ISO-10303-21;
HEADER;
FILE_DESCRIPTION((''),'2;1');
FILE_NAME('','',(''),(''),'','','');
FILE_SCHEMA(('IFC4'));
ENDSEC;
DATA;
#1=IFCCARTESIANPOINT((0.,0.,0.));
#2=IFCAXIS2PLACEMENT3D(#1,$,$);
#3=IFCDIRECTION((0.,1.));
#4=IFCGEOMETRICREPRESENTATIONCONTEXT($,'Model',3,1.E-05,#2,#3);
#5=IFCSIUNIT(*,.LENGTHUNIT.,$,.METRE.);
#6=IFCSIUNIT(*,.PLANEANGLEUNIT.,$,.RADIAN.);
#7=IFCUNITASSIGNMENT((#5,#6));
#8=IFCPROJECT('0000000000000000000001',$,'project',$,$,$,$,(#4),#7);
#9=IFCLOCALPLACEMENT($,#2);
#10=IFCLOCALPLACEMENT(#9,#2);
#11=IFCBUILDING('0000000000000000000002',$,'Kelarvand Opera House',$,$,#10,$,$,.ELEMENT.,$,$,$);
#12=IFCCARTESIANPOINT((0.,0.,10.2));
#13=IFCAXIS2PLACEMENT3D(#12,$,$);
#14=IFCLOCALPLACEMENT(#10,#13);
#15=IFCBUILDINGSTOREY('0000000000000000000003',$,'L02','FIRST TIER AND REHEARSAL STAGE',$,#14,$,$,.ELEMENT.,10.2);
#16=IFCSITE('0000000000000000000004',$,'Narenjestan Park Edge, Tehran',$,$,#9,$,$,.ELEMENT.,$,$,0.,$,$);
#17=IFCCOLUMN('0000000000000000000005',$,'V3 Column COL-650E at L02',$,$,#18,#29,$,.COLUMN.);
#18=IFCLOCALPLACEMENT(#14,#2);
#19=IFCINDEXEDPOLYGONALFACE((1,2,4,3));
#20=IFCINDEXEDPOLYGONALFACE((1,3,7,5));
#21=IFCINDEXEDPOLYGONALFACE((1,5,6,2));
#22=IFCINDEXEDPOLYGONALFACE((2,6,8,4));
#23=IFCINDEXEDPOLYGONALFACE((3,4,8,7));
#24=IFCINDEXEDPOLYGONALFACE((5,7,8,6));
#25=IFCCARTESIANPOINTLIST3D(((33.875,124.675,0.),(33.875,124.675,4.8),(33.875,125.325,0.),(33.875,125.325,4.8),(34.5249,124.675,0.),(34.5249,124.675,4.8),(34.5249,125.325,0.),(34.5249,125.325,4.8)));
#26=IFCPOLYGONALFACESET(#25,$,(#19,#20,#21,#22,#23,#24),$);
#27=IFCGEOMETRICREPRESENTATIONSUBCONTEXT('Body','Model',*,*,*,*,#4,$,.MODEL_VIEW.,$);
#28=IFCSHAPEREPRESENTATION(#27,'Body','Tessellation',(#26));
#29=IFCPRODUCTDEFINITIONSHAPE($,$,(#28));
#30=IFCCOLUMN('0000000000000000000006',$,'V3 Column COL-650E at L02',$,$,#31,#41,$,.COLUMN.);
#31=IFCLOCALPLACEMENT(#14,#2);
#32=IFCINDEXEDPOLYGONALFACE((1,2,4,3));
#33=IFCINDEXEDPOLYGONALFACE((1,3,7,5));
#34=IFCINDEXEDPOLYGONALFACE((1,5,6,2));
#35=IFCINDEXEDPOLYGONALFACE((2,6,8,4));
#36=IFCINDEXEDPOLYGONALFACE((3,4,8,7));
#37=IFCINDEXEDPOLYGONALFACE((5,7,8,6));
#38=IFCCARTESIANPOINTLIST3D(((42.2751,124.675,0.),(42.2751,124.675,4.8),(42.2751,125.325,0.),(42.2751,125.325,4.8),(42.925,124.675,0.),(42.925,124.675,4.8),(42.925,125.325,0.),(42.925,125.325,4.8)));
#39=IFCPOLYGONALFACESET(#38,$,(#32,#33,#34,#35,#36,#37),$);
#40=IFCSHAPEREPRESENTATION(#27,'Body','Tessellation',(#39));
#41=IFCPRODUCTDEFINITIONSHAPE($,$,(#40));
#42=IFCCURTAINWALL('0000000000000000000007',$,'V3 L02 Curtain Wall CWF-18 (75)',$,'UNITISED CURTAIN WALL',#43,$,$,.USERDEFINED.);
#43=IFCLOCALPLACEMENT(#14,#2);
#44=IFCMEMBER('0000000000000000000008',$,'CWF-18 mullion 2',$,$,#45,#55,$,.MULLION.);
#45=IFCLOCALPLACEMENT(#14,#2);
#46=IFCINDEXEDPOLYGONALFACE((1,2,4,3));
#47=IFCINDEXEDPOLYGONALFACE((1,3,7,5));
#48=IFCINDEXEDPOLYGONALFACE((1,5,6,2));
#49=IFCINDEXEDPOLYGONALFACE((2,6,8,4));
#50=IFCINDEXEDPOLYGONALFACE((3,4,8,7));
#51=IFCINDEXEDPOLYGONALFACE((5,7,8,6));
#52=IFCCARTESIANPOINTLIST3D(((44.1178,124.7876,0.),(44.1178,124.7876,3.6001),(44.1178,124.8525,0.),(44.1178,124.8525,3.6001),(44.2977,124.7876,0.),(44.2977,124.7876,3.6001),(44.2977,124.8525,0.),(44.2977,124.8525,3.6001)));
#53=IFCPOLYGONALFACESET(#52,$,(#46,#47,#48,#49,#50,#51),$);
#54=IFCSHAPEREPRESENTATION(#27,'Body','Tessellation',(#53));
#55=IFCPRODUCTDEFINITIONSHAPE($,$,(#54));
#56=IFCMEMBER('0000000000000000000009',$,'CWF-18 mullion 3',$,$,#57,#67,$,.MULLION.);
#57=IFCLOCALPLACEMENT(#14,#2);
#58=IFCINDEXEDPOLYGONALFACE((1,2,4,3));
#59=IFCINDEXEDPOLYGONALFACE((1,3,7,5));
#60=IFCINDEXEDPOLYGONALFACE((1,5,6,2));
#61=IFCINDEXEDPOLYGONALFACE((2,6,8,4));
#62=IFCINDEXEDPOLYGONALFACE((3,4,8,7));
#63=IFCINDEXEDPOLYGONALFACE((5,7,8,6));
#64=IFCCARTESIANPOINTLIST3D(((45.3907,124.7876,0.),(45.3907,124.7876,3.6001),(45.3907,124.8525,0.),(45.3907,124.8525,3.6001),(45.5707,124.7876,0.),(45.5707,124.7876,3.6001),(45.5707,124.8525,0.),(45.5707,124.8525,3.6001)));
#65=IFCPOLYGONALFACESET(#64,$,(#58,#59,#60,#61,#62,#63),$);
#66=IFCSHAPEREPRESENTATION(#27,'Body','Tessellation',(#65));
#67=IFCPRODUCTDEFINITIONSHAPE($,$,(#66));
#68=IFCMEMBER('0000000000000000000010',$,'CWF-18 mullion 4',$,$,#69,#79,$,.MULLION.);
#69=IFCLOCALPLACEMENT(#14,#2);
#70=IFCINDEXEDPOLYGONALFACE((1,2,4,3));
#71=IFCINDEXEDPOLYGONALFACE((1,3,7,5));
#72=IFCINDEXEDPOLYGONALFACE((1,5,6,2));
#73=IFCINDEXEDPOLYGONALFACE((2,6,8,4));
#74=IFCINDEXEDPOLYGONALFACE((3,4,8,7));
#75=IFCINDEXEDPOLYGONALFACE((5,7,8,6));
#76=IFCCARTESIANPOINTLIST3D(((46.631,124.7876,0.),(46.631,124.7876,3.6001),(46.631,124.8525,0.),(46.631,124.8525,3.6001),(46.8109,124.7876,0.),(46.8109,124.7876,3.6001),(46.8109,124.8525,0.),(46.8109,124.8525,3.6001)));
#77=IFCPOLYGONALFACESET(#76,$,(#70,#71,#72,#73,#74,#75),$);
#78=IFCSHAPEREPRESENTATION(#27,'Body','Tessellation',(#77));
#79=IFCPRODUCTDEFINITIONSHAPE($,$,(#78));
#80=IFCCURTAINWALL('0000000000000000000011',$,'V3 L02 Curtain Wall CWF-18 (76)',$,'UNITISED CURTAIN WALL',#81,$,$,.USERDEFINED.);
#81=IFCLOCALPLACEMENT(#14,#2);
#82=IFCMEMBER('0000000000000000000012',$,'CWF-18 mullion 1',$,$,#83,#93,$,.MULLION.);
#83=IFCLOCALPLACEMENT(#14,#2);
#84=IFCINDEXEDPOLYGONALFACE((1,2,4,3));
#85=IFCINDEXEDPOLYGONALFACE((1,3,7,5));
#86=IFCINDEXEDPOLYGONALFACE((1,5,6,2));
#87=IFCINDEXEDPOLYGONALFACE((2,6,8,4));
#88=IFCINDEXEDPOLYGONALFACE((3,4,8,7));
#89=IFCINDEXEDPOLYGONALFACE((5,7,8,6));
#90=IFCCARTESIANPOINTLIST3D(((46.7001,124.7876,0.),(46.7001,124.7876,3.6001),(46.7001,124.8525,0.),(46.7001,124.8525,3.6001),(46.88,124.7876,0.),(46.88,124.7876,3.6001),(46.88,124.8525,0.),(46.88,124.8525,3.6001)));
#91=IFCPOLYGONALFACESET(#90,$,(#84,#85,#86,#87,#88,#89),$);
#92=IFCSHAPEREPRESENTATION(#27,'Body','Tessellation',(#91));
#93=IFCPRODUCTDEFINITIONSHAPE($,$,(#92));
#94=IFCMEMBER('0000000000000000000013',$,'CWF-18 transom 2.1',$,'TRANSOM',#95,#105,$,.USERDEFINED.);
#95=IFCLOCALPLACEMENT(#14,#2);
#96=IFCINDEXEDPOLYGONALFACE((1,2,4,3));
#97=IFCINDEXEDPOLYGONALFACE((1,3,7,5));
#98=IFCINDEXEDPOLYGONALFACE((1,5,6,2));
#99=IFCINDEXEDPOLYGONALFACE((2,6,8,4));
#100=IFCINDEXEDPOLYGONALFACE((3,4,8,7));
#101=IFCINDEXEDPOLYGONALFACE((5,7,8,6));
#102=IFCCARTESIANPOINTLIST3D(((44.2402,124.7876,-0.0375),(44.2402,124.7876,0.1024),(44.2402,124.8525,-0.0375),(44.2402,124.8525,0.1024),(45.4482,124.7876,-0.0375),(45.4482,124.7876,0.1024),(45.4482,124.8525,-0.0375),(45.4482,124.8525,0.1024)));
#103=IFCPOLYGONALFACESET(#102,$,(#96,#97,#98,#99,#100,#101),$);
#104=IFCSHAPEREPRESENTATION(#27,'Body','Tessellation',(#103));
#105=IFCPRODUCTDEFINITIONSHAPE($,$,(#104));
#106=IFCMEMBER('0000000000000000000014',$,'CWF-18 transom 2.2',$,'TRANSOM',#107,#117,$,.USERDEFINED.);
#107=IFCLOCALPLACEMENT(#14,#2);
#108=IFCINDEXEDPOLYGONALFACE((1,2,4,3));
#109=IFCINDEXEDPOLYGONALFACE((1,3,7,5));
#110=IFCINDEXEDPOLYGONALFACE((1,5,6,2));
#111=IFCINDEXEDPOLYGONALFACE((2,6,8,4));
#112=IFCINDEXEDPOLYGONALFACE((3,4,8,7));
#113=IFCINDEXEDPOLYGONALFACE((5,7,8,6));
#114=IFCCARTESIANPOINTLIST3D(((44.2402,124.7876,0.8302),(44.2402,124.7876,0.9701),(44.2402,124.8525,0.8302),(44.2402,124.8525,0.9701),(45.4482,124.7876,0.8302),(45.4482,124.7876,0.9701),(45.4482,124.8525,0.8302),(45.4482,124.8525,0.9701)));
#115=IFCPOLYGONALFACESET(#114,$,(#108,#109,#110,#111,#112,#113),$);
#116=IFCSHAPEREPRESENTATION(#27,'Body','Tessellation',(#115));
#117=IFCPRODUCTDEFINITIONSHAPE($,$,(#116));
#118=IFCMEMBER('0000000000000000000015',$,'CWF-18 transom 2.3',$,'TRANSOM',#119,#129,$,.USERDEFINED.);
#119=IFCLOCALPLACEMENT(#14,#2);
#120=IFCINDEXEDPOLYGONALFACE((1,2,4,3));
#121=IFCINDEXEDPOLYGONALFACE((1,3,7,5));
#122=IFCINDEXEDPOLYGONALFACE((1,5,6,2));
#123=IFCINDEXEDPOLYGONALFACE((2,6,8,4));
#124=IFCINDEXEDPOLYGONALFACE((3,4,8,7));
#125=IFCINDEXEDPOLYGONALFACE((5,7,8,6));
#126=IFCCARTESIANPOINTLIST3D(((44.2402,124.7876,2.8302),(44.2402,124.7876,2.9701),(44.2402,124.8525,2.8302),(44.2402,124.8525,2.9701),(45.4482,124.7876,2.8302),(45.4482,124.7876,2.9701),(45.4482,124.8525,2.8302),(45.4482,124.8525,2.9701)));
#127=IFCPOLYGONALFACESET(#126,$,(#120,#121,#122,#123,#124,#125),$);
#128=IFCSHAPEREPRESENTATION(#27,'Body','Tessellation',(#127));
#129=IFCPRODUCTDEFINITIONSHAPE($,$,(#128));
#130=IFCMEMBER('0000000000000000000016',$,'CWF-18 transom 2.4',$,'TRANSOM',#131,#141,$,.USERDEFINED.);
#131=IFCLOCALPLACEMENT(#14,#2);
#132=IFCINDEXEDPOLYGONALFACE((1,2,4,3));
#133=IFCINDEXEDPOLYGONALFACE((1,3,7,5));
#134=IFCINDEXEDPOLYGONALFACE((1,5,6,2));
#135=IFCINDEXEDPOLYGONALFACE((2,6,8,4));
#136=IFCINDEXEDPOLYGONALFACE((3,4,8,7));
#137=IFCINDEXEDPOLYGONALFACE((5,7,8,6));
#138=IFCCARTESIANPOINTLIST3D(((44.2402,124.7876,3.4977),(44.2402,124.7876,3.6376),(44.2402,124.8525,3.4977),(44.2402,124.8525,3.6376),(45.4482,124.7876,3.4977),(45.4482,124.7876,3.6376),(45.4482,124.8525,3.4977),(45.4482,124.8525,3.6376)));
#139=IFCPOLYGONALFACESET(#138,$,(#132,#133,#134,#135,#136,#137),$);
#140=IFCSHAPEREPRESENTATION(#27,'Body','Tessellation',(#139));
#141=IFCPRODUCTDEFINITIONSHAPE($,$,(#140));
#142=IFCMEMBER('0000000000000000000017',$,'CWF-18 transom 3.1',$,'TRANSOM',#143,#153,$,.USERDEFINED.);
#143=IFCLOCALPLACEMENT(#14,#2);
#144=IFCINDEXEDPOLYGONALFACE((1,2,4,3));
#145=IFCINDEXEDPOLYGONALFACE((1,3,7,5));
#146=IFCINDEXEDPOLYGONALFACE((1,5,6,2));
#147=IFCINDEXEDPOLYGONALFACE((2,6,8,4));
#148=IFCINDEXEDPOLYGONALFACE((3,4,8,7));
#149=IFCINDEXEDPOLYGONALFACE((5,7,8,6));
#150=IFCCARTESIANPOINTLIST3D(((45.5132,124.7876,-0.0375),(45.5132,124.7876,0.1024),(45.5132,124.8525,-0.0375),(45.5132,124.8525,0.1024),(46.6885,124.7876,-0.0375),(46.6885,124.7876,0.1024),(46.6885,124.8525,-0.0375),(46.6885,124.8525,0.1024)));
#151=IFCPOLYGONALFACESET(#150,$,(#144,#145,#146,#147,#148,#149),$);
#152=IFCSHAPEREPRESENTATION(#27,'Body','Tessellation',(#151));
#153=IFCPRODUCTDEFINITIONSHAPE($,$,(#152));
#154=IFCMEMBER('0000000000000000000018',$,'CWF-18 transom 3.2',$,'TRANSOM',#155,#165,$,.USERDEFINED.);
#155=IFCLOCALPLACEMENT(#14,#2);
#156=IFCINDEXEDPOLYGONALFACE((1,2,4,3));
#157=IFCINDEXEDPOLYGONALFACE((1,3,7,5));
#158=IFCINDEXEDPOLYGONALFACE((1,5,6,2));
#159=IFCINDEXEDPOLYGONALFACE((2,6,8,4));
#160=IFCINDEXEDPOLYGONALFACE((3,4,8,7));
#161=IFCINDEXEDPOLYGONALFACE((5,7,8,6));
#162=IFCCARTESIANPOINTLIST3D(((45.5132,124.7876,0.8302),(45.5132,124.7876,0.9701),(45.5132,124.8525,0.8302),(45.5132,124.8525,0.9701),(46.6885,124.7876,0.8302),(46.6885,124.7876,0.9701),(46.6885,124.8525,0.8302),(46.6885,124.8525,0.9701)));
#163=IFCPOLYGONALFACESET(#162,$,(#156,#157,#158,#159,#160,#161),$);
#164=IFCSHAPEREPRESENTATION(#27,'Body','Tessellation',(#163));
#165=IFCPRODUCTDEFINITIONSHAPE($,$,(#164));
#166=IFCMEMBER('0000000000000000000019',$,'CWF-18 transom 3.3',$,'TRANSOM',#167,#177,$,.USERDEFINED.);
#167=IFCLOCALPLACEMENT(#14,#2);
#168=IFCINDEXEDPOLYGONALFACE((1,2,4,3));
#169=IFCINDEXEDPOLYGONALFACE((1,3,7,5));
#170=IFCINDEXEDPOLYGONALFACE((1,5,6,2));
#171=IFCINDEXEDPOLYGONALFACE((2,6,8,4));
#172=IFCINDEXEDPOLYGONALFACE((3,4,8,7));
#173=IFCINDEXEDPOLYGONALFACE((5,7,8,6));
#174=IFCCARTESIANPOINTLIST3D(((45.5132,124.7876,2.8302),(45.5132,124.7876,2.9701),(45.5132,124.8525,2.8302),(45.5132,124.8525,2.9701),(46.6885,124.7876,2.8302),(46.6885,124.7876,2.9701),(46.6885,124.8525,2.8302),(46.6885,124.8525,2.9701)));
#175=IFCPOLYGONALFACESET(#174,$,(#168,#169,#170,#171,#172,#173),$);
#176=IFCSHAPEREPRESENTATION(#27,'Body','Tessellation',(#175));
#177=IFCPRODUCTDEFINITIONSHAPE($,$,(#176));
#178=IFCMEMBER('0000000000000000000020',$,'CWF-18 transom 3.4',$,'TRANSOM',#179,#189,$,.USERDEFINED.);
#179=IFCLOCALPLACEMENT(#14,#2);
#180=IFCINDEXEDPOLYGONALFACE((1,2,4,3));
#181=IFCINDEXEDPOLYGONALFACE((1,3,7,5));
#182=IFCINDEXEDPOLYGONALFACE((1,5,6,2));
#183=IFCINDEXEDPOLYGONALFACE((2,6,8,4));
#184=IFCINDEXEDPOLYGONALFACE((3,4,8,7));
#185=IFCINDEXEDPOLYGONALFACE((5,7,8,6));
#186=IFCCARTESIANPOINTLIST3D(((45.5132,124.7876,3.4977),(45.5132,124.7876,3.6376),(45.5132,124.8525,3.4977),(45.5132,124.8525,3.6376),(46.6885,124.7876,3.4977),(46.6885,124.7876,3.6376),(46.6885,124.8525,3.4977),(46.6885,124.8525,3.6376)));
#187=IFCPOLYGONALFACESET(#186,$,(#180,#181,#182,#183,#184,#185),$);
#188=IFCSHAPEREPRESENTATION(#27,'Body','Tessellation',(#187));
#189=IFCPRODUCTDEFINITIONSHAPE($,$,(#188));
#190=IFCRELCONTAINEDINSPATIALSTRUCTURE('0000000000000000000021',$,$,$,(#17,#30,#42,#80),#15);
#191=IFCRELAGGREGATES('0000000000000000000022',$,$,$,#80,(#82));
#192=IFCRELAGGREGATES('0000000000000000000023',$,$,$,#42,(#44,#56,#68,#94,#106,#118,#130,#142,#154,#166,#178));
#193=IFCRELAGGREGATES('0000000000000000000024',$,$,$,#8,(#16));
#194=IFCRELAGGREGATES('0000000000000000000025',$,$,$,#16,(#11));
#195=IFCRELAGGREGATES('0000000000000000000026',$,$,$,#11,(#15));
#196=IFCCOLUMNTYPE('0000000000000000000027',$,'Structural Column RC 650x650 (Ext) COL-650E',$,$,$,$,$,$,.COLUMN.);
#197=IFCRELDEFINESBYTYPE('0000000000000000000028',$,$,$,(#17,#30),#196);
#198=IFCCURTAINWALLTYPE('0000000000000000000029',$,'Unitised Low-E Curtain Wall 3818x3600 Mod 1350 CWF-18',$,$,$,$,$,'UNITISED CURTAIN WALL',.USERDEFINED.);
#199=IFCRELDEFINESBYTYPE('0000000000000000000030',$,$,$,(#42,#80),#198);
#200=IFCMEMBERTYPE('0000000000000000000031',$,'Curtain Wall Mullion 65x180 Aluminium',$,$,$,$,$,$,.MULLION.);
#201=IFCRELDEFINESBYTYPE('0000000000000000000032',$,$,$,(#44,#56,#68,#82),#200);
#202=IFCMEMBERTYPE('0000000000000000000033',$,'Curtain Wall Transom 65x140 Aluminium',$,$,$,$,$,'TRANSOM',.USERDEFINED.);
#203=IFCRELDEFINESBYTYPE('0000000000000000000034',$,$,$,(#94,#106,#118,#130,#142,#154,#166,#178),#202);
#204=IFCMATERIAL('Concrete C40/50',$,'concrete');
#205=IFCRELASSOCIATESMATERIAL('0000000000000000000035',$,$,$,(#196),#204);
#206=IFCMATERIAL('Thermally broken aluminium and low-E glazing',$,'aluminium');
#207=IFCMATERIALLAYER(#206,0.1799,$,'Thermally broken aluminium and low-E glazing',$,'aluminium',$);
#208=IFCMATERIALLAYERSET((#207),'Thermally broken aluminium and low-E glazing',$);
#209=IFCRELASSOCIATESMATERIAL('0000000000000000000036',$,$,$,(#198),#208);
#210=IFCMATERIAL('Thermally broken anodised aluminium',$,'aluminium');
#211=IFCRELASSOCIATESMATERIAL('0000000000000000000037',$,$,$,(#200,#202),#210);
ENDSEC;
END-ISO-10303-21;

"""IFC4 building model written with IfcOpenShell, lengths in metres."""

from ifc_helpers import new_model, si_unit, direction, frame, origin, origin_2d, place, context, subcontext, project, spatial, rectangle, extrude, material, layer, layer_set, material_profile, profile_set, type_object, element, aggregate, save


model = new_model("IFC4")

# Units and contexts
model_context = context("Model", 3, precision=1e-05, world=origin(), true_north=direction((0.0, 1.0)))
body_context = subcontext(model_context, "Body", "Model", "MODEL_VIEW")
ifc_project = project(units=[si_unit("LENGTHUNIT", "METRE"), si_unit("PLANEANGLEUNIT", "RADIAN")], contexts=[model_context])

# Site, building, storey
site_placement = place(None, origin())
site = spatial("IfcSite", under=ifc_project, at=site_placement, Name="Narenjestan Park Edge, Tehran", CompositionType="ELEMENT", RefElevation=0.0)
building_placement = place(site_placement, origin())
building = spatial("IfcBuilding", under=site, at=building_placement, Name="Kelarvand Opera House", CompositionType="ELEMENT")
storey_placement = place(building_placement, frame((0.0, 0.0, 10.2)))
storey = spatial("IfcBuildingStorey", under=building, at=storey_placement, Name="L02", Description="FIRST TIER AND REHEARSAL STAGE", CompositionType="ELEMENT", Elevation=10.2)

# Columns
ifc_material_1 = material(Name="Concrete C40/50", Category="concrete")
ifc_material_profile_1 = material_profile(ifc_material_1, rectangle(XDim=0.6499, YDim=0.6499, at=origin_2d()), Name="RC 650x650", Category="concrete")
ifc_profile_set_1 = profile_set([ifc_material_profile_1], Name="Concrete C40/50")
column_type = type_object("IfcColumnType", Name="Structural Column RC 650x650 (Ext) COL-650E", PredefinedType="COLUMN", material=ifc_profile_set_1)
for number, where, z_axis, x_axis, name in (
    (1, (34.2, 125.0, 0.0), (0.0, 0.0, 1.0), (1.0, 0.0, 0.0), "V3 Column COL-650E at L02"),
    (2, (42.6001, 125.0, 0.0), (0.0, 0.0, 1.0), (1.0, 0.0, 0.0), "V3 Column COL-650E at L02"),
):
    element("IfcColumn", number, at=place(storey_placement, frame(where, z_axis=z_axis, x_axis=x_axis)), inside=storey, type_object=column_type, Name=name, PredefinedType="COLUMN", context=body_context, shape_type="SweptSolid", body=[
        extrude(rectangle(XDim=0.6499, YDim=0.6499, at=origin_2d()), origin(), (0.0, 0.0, 1.0), 4.8),
    ])

# Curtain wall, members
ifc_material_2 = material(Name="Thermally broken aluminium and low-E glazing", Category="aluminium")
ifc_layer_1 = layer(ifc_material_2, 0.1799, Name="Thermally broken aluminium and low-E glazing", Category="aluminium")
ifc_layer_set_1 = layer_set([ifc_layer_1], Name="Thermally broken aluminium and low-E glazing")
curtain_wall_type = type_object("IfcCurtainWallType", Name="Unitised Low-E Curtain Wall 3818x3600 Mod 1350 CWF-18", ElementType="UNITISED CURTAIN WALL", PredefinedType="USERDEFINED", material=ifc_layer_set_1)
curtain_wall_1_placement = place(storey_placement, origin())
curtain_wall_1 = element("IfcCurtainWall", 3, at=curtain_wall_1_placement, inside=storey, type_object=curtain_wall_type, Name="V3 L02 Curtain Wall CWF-18 (75)", ObjectType="UNITISED CURTAIN WALL", PredefinedType="USERDEFINED")
ifc_material_3 = material(Name="Thermally broken anodised aluminium", Category="aluminium")
ifc_material_profile_2 = material_profile(ifc_material_3, rectangle(XDim=0.0649, YDim=0.1799, at=origin_2d()), Name="ALU MULLION 65x180", Category="aluminium")
ifc_profile_set_2 = profile_set([ifc_material_profile_2], Name="Thermally broken anodised aluminium")
member_type_1 = type_object("IfcMemberType", Name="Curtain Wall Mullion 65x180 Aluminium", PredefinedType="MULLION", material=ifc_profile_set_2)
member_1_placement = place(storey_placement, frame((44.2078, 124.8201, 0.0), z_axis=(0.0, 0.0, 1.0), x_axis=(0.0, 1.0, 0.0)))
member_1 = element("IfcMember", 4, at=member_1_placement, type_object=member_type_1, Name="CWF-18 mullion 2", PredefinedType="MULLION", context=body_context, shape_type="SweptSolid", body=[
    extrude(rectangle(XDim=0.0649, YDim=0.1799, at=origin_2d()), origin(), (0.0, 0.0, 1.0), 3.6001),
])
member_2_placement = place(storey_placement, frame((45.4807, 124.8201, 0.0), z_axis=(0.0, 0.0, 1.0), x_axis=(0.0, 1.0, 0.0)))
member_2 = element("IfcMember", 5, at=member_2_placement, type_object=member_type_1, Name="CWF-18 mullion 3", PredefinedType="MULLION", context=body_context, shape_type="SweptSolid", body=[
    extrude(rectangle(XDim=0.0649, YDim=0.1799, at=origin_2d()), origin(), (0.0, 0.0, 1.0), 3.6001),
])
member_3_placement = place(storey_placement, frame((46.7209, 124.8201, 0.0), z_axis=(0.0, 0.0, 1.0), x_axis=(0.0, 1.0, 0.0)))
member_3 = element("IfcMember", 6, at=member_3_placement, type_object=member_type_1, Name="CWF-18 mullion 4", PredefinedType="MULLION", context=body_context, shape_type="SweptSolid", body=[
    extrude(rectangle(XDim=0.0649, YDim=0.1799, at=origin_2d()), origin(), (0.0, 0.0, 1.0), 3.6001),
])

# Curtain wall, member
curtain_wall_2_placement = place(storey_placement, origin())
curtain_wall_2 = element("IfcCurtainWall", 7, at=curtain_wall_2_placement, inside=storey, type_object=curtain_wall_type, Name="V3 L02 Curtain Wall CWF-18 (76)", ObjectType="UNITISED CURTAIN WALL", PredefinedType="USERDEFINED")
member_4_placement = place(storey_placement, frame((46.79, 124.8201, 0.0), z_axis=(0.0, 0.0, 1.0), x_axis=(0.0, 1.0, 0.0)))
member_4 = element("IfcMember", 8, at=member_4_placement, type_object=member_type_1, Name="CWF-18 mullion 1", PredefinedType="MULLION", context=body_context, shape_type="SweptSolid", body=[
    extrude(rectangle(XDim=0.0649, YDim=0.1799, at=origin_2d()), origin(), (0.0, 0.0, 1.0), 3.6001),
])

# Members
ifc_material_profile_3 = material_profile(ifc_material_3, rectangle(XDim=0.0649, YDim=0.1399, at=origin_2d()), Name="ALU TRANSOM 65x140", Category="aluminium")
ifc_profile_set_3 = profile_set([ifc_material_profile_3], Name="Thermally broken anodised aluminium")
member_type_2 = type_object("IfcMemberType", Name="Curtain Wall Transom 65x140 Aluminium", ElementType="TRANSOM", PredefinedType="USERDEFINED", material=ifc_profile_set_3)
member_5_placement = place(storey_placement, frame((44.2402, 124.8201, 0.0325), z_axis=(1.0, 0.0, 0.0), x_axis=(0.0, 1.0, 0.0)))
member_5 = element("IfcMember", 9, at=member_5_placement, type_object=member_type_2, Name="CWF-18 transom 2.1", ObjectType="TRANSOM", PredefinedType="USERDEFINED", context=body_context, shape_type="SweptSolid", body=[
    extrude(rectangle(XDim=0.0649, YDim=0.1399, at=origin_2d()), origin(), (0.0, 0.0, 1.0), 1.208),
])
member_6_placement = place(storey_placement, frame((44.2402, 124.8201, 0.9001), z_axis=(1.0, 0.0, 0.0), x_axis=(0.0, 1.0, 0.0)))
member_6 = element("IfcMember", 10, at=member_6_placement, type_object=member_type_2, Name="CWF-18 transom 2.2", ObjectType="TRANSOM", PredefinedType="USERDEFINED", context=body_context, shape_type="SweptSolid", body=[
    extrude(rectangle(XDim=0.0649, YDim=0.1399, at=origin_2d()), origin(), (0.0, 0.0, 1.0), 1.208),
])
member_7_placement = place(storey_placement, frame((44.2402, 124.8201, 2.9001), z_axis=(1.0, 0.0, 0.0), x_axis=(0.0, 1.0, 0.0)))
member_7 = element("IfcMember", 11, at=member_7_placement, type_object=member_type_2, Name="CWF-18 transom 2.3", ObjectType="TRANSOM", PredefinedType="USERDEFINED", context=body_context, shape_type="SweptSolid", body=[
    extrude(rectangle(XDim=0.0649, YDim=0.1399, at=origin_2d()), origin(), (0.0, 0.0, 1.0), 1.208),
])
member_8_placement = place(storey_placement, frame((44.2402, 124.8201, 3.5676), z_axis=(1.0, 0.0, 0.0), x_axis=(0.0, 1.0, 0.0)))
member_8 = element("IfcMember", 12, at=member_8_placement, type_object=member_type_2, Name="CWF-18 transom 2.4", ObjectType="TRANSOM", PredefinedType="USERDEFINED", context=body_context, shape_type="SweptSolid", body=[
    extrude(rectangle(XDim=0.0649, YDim=0.1399, at=origin_2d()), origin(), (0.0, 0.0, 1.0), 1.208),
])
member_9_placement = place(storey_placement, frame((45.5132, 124.8201, 0.0325), z_axis=(1.0, 0.0, 0.0), x_axis=(0.0, 1.0, 0.0)))
member_9 = element("IfcMember", 13, at=member_9_placement, type_object=member_type_2, Name="CWF-18 transom 3.1", ObjectType="TRANSOM", PredefinedType="USERDEFINED", context=body_context, shape_type="SweptSolid", body=[
    extrude(rectangle(XDim=0.0649, YDim=0.1399, at=origin_2d()), origin(), (0.0, 0.0, 1.0), 1.1753),
])
member_10_placement = place(storey_placement, frame((45.5132, 124.8201, 0.9001), z_axis=(1.0, 0.0, 0.0), x_axis=(0.0, 1.0, 0.0)))
member_10 = element("IfcMember", 14, at=member_10_placement, type_object=member_type_2, Name="CWF-18 transom 3.2", ObjectType="TRANSOM", PredefinedType="USERDEFINED", context=body_context, shape_type="SweptSolid", body=[
    extrude(rectangle(XDim=0.0649, YDim=0.1399, at=origin_2d()), origin(), (0.0, 0.0, 1.0), 1.1753),
])
member_11_placement = place(storey_placement, frame((45.5132, 124.8201, 2.9001), z_axis=(1.0, 0.0, 0.0), x_axis=(0.0, 1.0, 0.0)))
member_11 = element("IfcMember", 15, at=member_11_placement, type_object=member_type_2, Name="CWF-18 transom 3.3", ObjectType="TRANSOM", PredefinedType="USERDEFINED", context=body_context, shape_type="SweptSolid", body=[
    extrude(rectangle(XDim=0.0649, YDim=0.1399, at=origin_2d()), origin(), (0.0, 0.0, 1.0), 1.1753),
])
member_12_placement = place(storey_placement, frame((45.5132, 124.8201, 3.5676), z_axis=(1.0, 0.0, 0.0), x_axis=(0.0, 1.0, 0.0)))
member_12 = element("IfcMember", 16, at=member_12_placement, type_object=member_type_2, Name="CWF-18 transom 3.4", ObjectType="TRANSOM", PredefinedType="USERDEFINED", context=body_context, shape_type="SweptSolid", body=[
    extrude(rectangle(XDim=0.0649, YDim=0.1399, at=origin_2d()), origin(), (0.0, 0.0, 1.0), 1.1753),
])
aggregate(curtain_wall_2, [member_4])

aggregate(curtain_wall_1, [member_1, member_2, member_3, member_5, member_6, member_7, member_8, member_9, member_10, member_11, member_12])

save(model, "model.ifc")
